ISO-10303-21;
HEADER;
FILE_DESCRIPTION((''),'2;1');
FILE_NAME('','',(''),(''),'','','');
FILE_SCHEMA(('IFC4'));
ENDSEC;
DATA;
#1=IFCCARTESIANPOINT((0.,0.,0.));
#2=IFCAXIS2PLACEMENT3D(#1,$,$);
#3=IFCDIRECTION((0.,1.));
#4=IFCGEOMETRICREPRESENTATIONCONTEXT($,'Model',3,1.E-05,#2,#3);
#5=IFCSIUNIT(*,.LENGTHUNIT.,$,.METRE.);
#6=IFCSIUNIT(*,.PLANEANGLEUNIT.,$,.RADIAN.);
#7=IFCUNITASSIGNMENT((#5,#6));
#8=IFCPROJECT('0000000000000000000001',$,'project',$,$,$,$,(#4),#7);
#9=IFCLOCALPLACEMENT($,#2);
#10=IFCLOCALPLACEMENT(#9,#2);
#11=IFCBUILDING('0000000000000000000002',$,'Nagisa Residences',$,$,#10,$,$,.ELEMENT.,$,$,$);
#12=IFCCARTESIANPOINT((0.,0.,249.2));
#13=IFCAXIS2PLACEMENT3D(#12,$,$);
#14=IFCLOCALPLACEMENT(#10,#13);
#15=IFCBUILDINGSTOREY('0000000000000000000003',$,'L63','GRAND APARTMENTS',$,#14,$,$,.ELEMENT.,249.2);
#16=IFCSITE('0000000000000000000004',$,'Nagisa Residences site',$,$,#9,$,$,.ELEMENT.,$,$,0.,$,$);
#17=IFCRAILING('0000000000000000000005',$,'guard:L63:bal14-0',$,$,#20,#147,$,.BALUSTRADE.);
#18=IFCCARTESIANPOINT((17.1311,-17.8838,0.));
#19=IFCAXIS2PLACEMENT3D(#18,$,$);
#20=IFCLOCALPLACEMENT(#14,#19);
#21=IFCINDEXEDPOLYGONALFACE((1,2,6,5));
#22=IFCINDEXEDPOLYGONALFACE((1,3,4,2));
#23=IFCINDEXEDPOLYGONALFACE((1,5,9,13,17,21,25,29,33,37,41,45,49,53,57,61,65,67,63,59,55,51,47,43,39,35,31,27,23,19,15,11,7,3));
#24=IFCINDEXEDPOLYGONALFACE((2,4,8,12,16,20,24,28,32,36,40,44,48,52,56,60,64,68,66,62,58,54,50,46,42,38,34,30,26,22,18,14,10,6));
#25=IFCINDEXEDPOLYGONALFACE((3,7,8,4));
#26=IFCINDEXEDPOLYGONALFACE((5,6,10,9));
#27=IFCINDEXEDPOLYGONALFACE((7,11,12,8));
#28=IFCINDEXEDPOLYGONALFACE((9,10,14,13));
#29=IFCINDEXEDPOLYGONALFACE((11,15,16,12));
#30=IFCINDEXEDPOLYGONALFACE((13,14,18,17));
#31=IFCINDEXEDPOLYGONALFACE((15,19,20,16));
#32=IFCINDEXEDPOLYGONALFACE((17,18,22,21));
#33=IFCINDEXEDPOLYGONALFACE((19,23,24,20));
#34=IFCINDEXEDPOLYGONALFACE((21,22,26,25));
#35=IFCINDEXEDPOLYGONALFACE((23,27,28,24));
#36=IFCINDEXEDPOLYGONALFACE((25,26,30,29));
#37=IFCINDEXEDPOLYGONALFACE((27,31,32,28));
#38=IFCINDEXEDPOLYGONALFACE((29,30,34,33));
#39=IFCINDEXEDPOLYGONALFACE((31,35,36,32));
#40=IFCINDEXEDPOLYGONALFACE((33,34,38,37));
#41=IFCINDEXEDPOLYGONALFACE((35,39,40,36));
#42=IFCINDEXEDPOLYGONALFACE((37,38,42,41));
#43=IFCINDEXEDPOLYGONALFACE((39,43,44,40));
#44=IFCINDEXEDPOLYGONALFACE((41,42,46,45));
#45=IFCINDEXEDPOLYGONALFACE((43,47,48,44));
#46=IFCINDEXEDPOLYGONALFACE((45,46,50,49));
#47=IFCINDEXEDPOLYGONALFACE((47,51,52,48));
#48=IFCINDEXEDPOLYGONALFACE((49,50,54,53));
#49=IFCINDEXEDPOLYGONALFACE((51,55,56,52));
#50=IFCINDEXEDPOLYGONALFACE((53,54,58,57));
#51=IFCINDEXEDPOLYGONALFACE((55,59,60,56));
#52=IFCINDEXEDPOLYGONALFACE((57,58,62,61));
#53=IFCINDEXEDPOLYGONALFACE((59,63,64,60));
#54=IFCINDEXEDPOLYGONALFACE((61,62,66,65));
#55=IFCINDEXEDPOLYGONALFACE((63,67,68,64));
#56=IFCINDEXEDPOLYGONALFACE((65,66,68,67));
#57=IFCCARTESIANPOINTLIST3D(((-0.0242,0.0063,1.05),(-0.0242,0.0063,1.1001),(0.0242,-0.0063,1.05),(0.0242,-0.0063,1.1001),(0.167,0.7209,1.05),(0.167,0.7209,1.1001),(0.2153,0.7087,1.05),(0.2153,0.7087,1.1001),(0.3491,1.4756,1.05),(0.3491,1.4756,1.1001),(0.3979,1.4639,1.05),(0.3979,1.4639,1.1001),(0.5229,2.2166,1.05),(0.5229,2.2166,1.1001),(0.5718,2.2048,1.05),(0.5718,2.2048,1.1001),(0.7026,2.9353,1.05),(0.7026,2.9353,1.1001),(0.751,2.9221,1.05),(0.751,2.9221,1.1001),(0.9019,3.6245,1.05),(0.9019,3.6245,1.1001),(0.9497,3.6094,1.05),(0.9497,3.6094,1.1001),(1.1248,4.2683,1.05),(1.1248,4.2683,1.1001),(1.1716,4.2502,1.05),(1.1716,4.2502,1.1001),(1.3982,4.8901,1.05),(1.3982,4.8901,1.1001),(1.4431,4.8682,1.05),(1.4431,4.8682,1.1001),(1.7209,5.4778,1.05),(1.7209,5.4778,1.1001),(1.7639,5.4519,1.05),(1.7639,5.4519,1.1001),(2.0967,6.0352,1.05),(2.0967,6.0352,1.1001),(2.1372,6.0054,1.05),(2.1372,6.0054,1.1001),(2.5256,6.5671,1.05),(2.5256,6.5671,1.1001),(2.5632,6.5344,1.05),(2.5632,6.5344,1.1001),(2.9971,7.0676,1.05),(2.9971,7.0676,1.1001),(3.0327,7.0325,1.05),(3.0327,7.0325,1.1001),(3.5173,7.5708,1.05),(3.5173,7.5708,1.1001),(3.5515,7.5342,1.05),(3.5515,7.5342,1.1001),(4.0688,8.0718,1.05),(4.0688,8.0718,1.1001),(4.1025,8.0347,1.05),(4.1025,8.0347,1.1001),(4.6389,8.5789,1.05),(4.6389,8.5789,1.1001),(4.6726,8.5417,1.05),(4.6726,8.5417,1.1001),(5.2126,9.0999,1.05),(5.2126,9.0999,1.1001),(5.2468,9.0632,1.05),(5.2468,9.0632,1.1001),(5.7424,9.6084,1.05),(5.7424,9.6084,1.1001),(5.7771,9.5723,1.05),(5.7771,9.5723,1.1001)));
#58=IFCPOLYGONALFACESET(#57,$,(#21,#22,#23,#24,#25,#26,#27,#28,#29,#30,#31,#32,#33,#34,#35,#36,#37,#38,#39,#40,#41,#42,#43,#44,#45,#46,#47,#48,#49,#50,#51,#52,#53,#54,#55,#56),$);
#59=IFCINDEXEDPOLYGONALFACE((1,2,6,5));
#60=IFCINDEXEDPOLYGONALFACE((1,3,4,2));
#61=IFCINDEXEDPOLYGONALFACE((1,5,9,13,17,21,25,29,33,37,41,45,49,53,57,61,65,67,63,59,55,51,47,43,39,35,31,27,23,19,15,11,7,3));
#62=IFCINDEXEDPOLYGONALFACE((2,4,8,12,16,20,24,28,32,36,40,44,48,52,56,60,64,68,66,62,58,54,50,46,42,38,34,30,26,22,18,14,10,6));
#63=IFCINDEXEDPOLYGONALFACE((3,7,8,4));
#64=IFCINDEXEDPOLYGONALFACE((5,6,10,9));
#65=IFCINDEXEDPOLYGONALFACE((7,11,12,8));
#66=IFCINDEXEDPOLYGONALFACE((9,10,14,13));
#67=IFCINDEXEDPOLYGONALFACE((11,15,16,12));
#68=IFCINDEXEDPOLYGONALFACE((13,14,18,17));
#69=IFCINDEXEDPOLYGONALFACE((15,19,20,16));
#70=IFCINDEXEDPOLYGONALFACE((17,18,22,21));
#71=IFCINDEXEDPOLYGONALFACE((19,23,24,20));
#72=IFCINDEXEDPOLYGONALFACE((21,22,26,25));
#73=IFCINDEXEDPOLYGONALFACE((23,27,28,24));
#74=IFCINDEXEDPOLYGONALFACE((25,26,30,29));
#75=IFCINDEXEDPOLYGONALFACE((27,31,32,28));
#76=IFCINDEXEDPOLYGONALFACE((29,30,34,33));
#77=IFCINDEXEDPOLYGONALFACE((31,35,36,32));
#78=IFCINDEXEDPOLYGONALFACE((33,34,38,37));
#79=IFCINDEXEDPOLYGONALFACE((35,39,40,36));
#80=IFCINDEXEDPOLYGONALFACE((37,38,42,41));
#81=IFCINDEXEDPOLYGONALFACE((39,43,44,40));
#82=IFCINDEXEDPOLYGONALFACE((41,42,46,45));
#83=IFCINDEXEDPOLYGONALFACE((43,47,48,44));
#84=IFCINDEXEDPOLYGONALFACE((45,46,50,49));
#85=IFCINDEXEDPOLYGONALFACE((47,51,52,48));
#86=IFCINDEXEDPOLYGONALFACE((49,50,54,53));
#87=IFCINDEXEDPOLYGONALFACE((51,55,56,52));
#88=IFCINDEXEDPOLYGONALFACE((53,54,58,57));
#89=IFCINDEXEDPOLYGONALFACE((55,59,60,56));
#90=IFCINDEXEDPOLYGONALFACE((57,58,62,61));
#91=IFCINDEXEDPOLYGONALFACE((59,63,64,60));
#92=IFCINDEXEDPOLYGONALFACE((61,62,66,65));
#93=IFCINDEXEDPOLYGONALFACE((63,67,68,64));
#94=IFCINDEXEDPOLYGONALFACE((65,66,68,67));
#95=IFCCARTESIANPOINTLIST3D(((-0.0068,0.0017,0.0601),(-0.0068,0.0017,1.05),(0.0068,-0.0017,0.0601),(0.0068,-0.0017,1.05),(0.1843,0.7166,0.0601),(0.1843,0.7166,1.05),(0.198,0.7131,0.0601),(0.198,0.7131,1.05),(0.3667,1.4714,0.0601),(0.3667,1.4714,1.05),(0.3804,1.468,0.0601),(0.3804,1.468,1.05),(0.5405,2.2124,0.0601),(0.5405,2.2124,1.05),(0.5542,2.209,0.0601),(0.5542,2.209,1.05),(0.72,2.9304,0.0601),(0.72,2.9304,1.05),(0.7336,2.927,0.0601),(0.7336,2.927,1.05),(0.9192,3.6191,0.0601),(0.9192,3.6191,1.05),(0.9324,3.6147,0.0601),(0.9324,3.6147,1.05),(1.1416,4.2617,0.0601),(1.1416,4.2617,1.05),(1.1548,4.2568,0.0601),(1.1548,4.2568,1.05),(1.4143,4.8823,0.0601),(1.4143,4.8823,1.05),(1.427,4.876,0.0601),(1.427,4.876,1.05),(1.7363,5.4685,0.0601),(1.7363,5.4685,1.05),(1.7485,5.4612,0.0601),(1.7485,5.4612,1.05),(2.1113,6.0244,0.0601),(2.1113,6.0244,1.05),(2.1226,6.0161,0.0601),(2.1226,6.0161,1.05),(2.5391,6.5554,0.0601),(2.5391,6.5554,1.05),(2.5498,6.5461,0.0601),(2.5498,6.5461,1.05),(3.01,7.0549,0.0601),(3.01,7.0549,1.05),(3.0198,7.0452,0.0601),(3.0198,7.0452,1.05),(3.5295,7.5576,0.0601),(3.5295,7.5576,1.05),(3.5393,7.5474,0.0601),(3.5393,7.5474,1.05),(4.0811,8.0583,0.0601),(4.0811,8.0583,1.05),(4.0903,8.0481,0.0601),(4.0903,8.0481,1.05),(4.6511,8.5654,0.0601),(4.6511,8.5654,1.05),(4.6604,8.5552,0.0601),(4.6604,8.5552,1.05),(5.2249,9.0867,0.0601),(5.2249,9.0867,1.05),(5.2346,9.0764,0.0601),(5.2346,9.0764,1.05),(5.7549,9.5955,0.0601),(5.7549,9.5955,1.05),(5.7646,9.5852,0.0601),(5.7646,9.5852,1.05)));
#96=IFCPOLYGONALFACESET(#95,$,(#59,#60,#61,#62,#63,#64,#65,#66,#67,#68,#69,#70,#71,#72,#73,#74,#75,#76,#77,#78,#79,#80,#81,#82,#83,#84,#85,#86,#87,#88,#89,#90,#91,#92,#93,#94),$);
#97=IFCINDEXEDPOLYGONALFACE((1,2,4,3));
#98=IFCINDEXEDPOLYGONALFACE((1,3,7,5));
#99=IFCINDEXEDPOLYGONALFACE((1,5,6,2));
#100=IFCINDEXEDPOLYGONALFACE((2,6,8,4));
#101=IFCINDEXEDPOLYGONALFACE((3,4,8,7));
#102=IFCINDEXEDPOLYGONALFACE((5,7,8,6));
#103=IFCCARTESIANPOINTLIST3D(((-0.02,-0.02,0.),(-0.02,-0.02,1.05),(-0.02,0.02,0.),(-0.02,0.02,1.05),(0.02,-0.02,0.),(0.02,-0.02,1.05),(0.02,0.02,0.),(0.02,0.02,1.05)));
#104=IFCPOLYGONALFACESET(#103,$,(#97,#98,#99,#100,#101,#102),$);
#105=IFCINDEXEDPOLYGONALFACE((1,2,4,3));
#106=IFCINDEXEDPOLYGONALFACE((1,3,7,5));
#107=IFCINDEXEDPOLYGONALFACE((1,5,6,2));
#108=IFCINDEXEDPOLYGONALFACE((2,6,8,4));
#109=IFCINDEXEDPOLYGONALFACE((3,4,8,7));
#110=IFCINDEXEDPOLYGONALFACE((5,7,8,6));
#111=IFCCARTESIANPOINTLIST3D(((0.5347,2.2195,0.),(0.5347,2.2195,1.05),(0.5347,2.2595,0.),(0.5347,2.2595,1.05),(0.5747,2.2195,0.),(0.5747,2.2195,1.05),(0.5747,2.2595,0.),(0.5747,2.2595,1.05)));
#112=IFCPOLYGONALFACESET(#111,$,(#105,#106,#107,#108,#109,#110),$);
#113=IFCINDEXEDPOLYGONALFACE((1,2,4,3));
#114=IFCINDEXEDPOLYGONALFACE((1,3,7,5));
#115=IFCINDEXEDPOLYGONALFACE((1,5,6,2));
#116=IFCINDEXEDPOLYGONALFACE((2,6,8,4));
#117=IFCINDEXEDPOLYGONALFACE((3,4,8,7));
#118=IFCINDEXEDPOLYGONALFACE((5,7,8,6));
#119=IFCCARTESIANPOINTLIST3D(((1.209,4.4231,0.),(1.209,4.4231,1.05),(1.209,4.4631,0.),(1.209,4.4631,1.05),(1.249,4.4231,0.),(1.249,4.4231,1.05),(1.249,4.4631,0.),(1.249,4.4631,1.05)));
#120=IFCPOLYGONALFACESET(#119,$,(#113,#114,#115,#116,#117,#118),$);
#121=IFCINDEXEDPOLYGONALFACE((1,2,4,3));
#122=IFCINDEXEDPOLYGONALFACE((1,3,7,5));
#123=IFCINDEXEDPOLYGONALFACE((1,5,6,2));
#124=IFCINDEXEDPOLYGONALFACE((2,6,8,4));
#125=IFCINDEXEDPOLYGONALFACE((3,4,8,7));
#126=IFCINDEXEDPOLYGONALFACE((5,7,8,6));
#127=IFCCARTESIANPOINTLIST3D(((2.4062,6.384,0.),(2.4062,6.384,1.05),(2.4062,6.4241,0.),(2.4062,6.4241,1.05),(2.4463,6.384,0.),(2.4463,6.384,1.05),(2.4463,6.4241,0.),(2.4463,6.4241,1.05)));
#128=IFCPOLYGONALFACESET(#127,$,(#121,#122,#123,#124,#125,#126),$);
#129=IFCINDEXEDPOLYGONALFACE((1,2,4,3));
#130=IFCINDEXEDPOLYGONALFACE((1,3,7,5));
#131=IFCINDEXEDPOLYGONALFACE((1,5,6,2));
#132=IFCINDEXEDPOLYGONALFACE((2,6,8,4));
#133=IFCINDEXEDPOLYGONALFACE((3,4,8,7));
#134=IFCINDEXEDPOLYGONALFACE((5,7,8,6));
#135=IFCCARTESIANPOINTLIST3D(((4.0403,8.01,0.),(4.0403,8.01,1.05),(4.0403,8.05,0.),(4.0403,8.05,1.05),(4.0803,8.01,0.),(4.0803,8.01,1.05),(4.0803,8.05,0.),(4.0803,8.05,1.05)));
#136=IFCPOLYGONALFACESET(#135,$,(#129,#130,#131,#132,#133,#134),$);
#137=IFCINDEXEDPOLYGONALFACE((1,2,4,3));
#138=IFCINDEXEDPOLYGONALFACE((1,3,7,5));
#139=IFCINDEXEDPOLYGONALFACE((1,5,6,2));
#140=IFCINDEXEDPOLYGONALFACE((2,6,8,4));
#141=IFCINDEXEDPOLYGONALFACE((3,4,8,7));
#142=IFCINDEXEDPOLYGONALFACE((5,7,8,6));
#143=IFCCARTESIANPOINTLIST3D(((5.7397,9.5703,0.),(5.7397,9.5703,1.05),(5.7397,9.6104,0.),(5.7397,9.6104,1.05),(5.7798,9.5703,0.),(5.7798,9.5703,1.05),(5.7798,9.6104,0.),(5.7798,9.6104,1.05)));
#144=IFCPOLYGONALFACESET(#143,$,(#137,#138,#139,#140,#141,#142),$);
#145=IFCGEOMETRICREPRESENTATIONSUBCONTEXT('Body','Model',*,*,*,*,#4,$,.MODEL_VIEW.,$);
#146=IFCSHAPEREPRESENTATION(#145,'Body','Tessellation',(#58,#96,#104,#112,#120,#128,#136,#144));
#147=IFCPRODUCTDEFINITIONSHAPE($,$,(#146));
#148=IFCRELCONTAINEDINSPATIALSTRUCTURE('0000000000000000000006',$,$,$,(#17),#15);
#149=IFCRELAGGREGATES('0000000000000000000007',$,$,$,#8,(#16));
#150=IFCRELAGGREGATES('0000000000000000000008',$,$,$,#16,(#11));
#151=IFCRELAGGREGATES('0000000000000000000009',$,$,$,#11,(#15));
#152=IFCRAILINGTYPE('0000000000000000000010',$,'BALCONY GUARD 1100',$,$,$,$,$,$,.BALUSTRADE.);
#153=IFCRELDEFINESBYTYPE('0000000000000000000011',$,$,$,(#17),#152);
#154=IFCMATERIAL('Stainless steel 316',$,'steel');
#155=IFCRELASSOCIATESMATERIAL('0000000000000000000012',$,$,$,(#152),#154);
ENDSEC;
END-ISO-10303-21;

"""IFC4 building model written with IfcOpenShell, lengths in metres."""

from ifc_helpers import new_model, si_unit, direction, frame, origin, origin_2d, place, context, subcontext, project, spatial, polyline, rectangle, outline, extrude, material, type_object, element, save


model = new_model("IFC4")

# Units and contexts
model_context = context("Model", 3, precision=1e-05, world=origin(), true_north=direction((0.0, 1.0)))
body_context = subcontext(model_context, "Body", "Model", "MODEL_VIEW")
ifc_project = project(units=[si_unit("LENGTHUNIT", "METRE"), si_unit("PLANEANGLEUNIT", "RADIAN")], contexts=[model_context])

# Site, building, storey
site_placement = place(None, origin())
site = spatial("IfcSite", under=ifc_project, at=site_placement, Name="Nagisa Residences site", CompositionType="ELEMENT", RefElevation=0.0)
building_placement = place(site_placement, origin())
building = spatial("IfcBuilding", under=site, at=building_placement, Name="Nagisa Residences", CompositionType="ELEMENT")
storey_placement = place(building_placement, frame((0.0, 0.0, 249.2)))
storey = spatial("IfcBuildingStorey", under=building, at=storey_placement, Name="L63", Description="GRAND APARTMENTS", CompositionType="ELEMENT", Elevation=249.2)

# Railing
ifc_material_1 = material(Name="Stainless steel 316", Category="steel")
railing_type = type_object("IfcRailingType", Name="BALCONY GUARD 1100", PredefinedType="BALUSTRADE", material=ifc_material_1)
railing_placement = place(storey_placement, frame((17.1311, -17.8838, 0.0)))
element("IfcRailing", 1, at=railing_placement, inside=storey, type_object=railing_type, Name="guard:L63:bal14-0", PredefinedType="BALUSTRADE", context=body_context, shape_type="SweptSolid", body=[
    extrude(outline(polyline([(0.167, 0.7209), (-0.0242, 0.0063), (0.0242, -0.0063), (0.2153, 0.7087), (0.3979, 1.4639), (0.5718, 2.2048), (0.751, 2.9221), (0.9497, 3.6094), (1.1716, 4.2502), (1.4431, 4.8682), (1.7639, 5.4519), (2.1372, 6.0054), (2.5632, 6.5344), (3.0327, 7.0325), (3.5515, 7.5342), (4.1025, 8.0347), (4.6726, 8.5417), (5.2468, 9.0632), (5.7771, 9.5723), (5.7424, 9.6084), (5.2126, 9.0999), (4.6389, 8.5789), (4.0688, 8.0718), (3.5173, 7.5708), (2.9971, 7.0676), (2.5256, 6.5671), (2.0967, 6.0352), (1.7209, 5.4778), (1.3982, 4.8901), (1.1248, 4.2683), (0.9019, 3.6245), (0.7026, 2.9353), (0.5229, 2.2166), (0.3491, 1.4756), (0.167, 0.7209)])), frame((0.0, 0.0, 1.05)), (0.0, 0.0, 1.0), 0.05),
    extrude(outline(polyline([(0.1843, 0.7166), (-0.0068, 0.0017), (0.0068, -0.0017), (0.198, 0.7131), (0.3804, 1.468), (0.5542, 2.209), (0.7336, 2.927), (0.9324, 3.6147), (1.1548, 4.2568), (1.427, 4.876), (1.7485, 5.4612), (2.1226, 6.0161), (2.5498, 6.5461), (3.0198, 7.0452), (3.5393, 7.5474), (4.0903, 8.0481), (4.6604, 8.5552), (5.2346, 9.0764), (5.7646, 9.5852), (5.7549, 9.5955), (5.2249, 9.0867), (4.6511, 8.5654), (4.0811, 8.0583), (3.5295, 7.5576), (3.01, 7.0549), (2.5391, 6.5554), (2.1113, 6.0244), (1.7363, 5.4685), (1.4143, 4.8823), (1.1416, 4.2617), (0.9192, 3.6191), (0.72, 2.9304), (0.5405, 2.2124), (0.3667, 1.4714), (0.1843, 0.7166)])), frame((0.0, 0.0, 0.0601)), (0.0, 0.0, 1.0), 0.99),
    extrude(rectangle(XDim=0.04, YDim=0.04, at=origin_2d()), origin(), (0.0, 0.0, 1.0), 1.05),
    extrude(rectangle(XDim=0.04, YDim=0.04, at=origin_2d()), frame((0.5547, 2.2395, 0.0)), (0.0, 0.0, 1.0), 1.05),
    extrude(rectangle(XDim=0.04, YDim=0.04, at=origin_2d()), frame((1.229, 4.4431, 0.0)), (0.0, 0.0, 1.0), 1.05),
    extrude(rectangle(XDim=0.04, YDim=0.04, at=origin_2d()), frame((2.4263, 6.4041, 0.0)), (0.0, 0.0, 1.0), 1.05),
    extrude(rectangle(XDim=0.04, YDim=0.04, at=origin_2d()), frame((4.0603, 8.03, 0.0)), (0.0, 0.0, 1.0), 1.05),
    extrude(rectangle(XDim=0.04, YDim=0.04, at=origin_2d()), frame((5.7598, 9.5903, 0.0)), (0.0, 0.0, 1.0), 1.05),
])

save(model, "model.ifc")
